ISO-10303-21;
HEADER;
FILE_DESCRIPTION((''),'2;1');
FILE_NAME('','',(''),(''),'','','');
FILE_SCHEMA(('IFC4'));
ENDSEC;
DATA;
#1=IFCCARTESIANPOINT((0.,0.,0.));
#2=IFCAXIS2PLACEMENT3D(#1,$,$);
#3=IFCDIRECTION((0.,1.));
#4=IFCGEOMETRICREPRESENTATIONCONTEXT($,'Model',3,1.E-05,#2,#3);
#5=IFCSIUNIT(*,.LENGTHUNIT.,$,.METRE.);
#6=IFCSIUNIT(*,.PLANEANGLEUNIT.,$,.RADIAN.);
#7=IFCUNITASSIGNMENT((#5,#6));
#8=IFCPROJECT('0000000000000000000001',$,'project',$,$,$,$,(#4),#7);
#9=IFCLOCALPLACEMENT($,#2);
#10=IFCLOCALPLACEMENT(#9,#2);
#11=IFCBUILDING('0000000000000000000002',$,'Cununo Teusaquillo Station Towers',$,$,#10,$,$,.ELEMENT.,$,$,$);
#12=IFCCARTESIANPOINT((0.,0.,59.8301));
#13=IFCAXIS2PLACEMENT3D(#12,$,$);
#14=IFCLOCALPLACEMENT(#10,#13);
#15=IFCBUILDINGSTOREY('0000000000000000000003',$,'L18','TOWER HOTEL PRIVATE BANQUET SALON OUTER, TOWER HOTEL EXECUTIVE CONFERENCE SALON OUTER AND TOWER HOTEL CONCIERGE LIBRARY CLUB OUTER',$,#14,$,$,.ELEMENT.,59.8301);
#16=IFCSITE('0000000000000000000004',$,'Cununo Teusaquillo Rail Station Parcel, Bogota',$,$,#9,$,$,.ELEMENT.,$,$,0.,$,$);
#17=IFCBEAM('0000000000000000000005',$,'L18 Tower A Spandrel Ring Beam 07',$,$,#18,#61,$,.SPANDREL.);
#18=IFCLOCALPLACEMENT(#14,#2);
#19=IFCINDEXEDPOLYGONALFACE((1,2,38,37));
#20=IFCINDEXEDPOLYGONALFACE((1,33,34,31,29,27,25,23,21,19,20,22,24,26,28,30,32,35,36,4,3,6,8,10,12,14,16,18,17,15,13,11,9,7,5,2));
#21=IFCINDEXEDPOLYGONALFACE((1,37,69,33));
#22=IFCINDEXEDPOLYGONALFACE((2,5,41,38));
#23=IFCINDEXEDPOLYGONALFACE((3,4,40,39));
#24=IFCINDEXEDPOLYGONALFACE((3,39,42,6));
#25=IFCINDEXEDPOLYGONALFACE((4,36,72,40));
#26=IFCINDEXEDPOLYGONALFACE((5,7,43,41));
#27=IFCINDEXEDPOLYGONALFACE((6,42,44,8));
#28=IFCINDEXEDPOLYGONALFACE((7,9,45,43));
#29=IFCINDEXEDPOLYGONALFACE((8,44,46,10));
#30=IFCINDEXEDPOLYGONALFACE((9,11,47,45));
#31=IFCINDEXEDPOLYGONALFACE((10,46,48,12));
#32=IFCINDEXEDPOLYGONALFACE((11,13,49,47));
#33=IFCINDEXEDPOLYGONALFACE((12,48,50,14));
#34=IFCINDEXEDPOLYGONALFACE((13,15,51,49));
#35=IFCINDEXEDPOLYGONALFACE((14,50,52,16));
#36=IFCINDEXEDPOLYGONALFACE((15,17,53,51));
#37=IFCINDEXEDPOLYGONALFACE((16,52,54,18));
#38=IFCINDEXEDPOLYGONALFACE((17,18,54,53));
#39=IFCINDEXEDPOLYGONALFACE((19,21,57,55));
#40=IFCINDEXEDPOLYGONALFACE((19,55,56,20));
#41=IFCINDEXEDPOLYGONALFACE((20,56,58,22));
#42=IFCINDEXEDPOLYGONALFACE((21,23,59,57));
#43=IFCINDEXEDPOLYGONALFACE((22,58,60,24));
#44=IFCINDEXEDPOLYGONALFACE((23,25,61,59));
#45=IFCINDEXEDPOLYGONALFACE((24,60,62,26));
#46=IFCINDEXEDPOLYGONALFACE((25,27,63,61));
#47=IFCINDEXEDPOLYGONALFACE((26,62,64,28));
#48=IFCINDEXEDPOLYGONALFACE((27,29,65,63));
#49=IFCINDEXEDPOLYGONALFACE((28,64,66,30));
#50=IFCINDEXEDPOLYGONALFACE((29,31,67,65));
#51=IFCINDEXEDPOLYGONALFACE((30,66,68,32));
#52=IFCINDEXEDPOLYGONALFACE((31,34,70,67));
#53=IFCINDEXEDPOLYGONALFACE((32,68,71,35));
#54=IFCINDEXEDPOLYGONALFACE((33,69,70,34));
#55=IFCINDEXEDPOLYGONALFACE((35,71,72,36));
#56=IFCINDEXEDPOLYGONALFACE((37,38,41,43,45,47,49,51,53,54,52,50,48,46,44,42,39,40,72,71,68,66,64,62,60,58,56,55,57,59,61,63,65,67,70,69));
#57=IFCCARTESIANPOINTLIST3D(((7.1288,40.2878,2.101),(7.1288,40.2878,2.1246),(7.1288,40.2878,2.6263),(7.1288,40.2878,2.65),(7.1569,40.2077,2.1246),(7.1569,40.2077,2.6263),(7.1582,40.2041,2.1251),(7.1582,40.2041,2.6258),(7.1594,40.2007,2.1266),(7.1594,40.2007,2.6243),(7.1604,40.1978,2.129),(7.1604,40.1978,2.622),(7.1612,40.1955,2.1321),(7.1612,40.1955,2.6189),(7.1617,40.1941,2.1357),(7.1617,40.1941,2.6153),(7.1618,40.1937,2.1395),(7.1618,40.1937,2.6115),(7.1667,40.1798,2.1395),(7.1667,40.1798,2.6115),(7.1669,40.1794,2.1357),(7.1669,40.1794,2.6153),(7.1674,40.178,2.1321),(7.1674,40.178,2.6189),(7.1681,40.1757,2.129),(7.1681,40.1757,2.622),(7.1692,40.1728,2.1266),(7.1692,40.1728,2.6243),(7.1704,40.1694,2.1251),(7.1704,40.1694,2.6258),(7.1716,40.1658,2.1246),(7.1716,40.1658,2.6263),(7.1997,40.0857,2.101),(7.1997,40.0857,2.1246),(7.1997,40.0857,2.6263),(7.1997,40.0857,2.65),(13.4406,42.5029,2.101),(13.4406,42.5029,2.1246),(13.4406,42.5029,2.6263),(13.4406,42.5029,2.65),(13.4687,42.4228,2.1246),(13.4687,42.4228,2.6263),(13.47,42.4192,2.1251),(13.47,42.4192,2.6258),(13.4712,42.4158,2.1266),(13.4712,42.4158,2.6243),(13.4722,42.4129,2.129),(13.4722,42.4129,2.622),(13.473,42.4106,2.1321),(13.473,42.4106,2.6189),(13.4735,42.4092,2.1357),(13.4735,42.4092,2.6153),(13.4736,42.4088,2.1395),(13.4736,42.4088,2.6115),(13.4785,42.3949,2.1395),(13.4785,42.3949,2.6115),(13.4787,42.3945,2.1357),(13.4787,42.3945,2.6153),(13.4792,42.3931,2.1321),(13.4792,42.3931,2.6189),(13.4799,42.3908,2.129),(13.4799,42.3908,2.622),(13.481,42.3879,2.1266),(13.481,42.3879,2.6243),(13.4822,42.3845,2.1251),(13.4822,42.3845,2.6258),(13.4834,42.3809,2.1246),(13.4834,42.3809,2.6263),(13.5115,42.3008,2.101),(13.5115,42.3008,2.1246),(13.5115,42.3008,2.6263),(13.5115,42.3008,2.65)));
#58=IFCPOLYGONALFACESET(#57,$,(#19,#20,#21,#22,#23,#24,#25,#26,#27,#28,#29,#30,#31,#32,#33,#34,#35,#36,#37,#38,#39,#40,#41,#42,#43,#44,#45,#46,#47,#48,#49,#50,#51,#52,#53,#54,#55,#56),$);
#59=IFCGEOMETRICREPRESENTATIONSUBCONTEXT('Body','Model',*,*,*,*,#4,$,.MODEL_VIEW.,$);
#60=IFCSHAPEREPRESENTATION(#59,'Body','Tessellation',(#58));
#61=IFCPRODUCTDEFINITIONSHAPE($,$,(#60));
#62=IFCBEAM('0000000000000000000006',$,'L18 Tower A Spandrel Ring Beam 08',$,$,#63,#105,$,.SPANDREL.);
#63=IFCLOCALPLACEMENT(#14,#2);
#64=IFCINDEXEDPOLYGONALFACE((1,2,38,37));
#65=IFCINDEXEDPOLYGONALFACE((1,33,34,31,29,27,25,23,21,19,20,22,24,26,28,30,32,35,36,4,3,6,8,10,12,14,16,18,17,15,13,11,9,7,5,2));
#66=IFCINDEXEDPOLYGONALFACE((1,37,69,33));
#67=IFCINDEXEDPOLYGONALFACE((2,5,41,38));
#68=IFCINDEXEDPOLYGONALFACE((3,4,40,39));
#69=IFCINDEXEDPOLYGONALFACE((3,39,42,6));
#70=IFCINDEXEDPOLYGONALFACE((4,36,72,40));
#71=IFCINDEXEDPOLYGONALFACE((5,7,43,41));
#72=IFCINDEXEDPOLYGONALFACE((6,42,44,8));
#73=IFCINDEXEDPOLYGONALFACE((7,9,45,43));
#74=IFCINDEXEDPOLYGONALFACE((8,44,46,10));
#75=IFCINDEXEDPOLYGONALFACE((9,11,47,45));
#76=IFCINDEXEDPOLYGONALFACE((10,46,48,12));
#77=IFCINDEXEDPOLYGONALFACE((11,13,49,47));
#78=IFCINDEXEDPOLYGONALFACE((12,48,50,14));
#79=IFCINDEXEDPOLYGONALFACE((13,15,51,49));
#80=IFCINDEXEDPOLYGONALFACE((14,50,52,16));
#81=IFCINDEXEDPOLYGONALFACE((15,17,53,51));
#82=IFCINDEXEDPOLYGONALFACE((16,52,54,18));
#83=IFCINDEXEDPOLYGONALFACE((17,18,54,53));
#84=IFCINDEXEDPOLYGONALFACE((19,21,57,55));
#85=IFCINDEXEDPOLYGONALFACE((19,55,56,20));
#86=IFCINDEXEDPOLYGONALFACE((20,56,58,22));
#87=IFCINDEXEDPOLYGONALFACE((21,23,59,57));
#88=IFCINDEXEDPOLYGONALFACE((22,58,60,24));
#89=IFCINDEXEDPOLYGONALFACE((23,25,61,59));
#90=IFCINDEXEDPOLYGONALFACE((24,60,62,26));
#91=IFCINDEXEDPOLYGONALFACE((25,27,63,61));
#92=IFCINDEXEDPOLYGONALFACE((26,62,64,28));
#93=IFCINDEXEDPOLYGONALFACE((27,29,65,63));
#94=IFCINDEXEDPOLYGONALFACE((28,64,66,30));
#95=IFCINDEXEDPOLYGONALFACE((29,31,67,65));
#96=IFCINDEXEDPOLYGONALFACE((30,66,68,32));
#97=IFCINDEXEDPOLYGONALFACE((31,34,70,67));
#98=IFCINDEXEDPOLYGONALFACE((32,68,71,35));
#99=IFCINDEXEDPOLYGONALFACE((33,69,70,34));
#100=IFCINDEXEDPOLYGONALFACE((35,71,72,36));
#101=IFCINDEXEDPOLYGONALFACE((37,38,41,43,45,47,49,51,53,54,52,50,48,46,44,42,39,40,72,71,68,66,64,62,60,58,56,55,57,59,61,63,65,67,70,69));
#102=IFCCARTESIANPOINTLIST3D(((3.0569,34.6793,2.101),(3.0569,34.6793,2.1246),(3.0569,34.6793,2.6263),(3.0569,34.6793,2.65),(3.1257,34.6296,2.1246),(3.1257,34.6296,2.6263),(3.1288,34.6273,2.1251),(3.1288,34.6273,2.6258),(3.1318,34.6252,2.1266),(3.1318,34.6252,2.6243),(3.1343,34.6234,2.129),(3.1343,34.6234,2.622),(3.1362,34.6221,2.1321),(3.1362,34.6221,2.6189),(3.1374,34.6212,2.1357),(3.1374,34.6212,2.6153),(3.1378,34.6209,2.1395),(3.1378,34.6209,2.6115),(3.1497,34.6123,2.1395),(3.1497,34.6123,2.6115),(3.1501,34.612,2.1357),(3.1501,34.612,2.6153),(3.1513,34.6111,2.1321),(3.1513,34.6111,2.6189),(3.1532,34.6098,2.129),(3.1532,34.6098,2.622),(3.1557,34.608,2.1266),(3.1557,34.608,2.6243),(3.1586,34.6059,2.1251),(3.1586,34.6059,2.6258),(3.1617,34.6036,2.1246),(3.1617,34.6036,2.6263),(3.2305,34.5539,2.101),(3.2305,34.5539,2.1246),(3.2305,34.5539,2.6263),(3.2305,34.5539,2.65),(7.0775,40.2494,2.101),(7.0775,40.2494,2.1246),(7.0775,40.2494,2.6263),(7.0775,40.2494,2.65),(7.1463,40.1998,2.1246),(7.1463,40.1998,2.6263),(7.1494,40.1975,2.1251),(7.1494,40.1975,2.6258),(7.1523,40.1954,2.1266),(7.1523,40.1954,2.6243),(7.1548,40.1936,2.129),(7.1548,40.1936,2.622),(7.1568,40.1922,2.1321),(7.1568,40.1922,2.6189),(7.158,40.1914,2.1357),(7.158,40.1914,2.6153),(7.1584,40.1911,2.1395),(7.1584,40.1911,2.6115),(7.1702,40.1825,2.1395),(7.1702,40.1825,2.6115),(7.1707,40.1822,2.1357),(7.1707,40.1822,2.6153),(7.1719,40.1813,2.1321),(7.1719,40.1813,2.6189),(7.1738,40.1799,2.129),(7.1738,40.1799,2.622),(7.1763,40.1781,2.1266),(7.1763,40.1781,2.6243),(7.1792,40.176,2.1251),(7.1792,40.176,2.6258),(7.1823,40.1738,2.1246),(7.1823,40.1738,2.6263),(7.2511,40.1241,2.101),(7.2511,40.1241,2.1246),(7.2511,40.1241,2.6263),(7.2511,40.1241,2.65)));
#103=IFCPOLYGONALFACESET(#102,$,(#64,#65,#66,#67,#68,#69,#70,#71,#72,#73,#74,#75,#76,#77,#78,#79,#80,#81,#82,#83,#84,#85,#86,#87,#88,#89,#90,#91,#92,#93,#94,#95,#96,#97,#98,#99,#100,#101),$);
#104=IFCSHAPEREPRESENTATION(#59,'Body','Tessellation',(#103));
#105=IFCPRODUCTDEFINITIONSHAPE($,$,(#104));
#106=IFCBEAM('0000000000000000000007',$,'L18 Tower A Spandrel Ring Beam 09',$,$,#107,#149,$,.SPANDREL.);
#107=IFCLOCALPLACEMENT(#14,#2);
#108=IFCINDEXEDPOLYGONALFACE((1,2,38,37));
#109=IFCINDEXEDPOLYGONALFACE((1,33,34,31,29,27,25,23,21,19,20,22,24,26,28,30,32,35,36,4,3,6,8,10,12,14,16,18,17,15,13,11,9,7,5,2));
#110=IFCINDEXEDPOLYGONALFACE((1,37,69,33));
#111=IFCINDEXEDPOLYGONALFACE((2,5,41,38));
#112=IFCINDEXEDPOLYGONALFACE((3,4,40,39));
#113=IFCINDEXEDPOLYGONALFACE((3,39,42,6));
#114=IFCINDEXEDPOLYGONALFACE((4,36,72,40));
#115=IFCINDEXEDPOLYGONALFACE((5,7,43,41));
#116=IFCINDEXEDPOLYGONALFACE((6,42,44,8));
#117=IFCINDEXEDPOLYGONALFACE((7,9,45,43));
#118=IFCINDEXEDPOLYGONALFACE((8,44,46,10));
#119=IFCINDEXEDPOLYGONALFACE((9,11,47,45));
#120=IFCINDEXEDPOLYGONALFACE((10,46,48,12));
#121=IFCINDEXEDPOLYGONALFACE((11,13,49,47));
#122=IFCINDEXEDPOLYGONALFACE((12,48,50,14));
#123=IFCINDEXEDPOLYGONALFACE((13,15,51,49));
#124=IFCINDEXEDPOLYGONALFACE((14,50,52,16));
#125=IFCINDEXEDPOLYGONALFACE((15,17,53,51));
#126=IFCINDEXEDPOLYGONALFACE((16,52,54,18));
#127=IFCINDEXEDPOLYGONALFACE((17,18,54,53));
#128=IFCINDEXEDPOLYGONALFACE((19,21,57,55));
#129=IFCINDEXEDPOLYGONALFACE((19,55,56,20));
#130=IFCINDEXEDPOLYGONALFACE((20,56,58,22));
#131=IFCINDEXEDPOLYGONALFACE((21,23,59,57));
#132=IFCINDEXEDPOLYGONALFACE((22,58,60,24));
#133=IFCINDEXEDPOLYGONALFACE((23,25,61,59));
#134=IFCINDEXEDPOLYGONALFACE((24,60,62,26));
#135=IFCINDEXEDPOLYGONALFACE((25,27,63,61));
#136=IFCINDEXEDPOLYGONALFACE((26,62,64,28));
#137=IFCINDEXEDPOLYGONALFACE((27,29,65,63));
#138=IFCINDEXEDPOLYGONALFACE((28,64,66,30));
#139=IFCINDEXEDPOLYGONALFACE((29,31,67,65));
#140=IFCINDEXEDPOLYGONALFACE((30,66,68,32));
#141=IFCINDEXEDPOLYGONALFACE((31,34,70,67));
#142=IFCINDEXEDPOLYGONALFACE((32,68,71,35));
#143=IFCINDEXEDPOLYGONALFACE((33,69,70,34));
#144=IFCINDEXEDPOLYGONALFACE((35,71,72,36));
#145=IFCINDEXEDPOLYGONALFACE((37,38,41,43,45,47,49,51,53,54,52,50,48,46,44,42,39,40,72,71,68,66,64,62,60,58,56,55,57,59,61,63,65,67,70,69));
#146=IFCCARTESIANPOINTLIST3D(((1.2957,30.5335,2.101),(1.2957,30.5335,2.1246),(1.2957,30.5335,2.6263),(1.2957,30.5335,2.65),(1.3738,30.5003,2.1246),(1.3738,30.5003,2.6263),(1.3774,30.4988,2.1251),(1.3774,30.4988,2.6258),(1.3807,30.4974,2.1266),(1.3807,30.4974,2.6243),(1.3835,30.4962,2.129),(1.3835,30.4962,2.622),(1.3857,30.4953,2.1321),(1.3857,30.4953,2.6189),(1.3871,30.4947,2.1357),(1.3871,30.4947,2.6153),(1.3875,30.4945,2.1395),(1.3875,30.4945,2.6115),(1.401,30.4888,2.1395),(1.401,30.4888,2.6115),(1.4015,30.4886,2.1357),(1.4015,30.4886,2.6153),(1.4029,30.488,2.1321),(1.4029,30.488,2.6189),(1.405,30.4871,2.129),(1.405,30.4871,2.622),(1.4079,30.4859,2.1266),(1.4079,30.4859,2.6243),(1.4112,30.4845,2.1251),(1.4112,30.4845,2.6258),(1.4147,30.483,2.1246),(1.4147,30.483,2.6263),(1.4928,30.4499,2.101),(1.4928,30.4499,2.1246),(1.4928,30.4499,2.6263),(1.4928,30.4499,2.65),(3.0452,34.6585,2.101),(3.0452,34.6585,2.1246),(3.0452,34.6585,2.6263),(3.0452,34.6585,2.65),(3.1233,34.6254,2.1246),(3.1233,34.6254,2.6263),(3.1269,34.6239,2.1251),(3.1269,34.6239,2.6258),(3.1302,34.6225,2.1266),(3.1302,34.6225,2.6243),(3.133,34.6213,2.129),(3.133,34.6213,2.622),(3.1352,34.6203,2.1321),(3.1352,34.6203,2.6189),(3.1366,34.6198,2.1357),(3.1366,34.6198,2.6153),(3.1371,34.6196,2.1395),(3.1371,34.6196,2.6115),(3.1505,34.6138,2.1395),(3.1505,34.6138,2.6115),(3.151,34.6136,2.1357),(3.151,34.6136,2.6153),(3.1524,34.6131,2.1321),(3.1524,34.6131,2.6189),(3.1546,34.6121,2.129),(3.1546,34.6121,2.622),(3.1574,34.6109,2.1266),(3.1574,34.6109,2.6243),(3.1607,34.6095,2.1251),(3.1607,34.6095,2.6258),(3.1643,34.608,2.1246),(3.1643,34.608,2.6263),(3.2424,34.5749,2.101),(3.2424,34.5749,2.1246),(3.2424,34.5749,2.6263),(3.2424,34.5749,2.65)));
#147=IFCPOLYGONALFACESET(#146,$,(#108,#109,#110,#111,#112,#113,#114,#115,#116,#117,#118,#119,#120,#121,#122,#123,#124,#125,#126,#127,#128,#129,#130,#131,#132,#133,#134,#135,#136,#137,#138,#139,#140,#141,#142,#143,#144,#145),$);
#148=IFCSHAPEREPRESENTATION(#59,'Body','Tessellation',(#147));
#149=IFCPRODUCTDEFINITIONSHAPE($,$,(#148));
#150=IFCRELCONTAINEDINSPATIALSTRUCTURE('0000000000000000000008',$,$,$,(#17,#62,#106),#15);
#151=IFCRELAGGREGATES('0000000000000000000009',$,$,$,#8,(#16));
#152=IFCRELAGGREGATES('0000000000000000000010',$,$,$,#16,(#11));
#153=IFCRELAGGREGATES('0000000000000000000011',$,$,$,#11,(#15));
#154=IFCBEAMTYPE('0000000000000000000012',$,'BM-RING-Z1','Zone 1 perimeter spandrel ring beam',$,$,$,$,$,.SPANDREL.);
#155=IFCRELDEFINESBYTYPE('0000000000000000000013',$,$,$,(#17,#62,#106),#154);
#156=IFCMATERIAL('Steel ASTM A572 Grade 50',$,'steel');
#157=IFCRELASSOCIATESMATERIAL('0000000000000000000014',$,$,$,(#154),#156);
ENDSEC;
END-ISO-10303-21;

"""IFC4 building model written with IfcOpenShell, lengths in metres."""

from ifc_helpers import new_model, si_unit, direction, frame, origin, origin_2d, place, context, subcontext, project, spatial, i_section, extrude, material, material_profile, profile_set, type_object, element, save


model = new_model("IFC4")

# Units and contexts
model_context = context("Model", 3, precision=1e-05, world=origin(), true_north=direction((0.0, 1.0)))
body_context = subcontext(model_context, "Body", "Model", "MODEL_VIEW")
ifc_project = project(units=[si_unit("LENGTHUNIT", "METRE"), si_unit("PLANEANGLEUNIT", "RADIAN")], contexts=[model_context])

# Site, building, storey
site_placement = place(None, origin())
site = spatial("IfcSite", under=ifc_project, at=site_placement, Name="Cununo Teusaquillo Rail Station Parcel, Bogota", CompositionType="ELEMENT", RefElevation=0.0)
building_placement = place(site_placement, origin())
building = spatial("IfcBuilding", under=site, at=building_placement, Name="Cununo Teusaquillo Station Towers", CompositionType="ELEMENT")
storey_placement = place(building_placement, frame((0.0, 0.0, 59.8301)))
storey = spatial("IfcBuildingStorey", under=building, at=storey_placement, Name="L18", Description="TOWER HOTEL PRIVATE BANQUET SALON OUTER, TOWER HOTEL EXECUTIVE CONFERENCE SALON OUTER AND TOWER HOTEL CONCIERGE LIBRARY CLUB OUTER", CompositionType="ELEMENT", Elevation=59.8301)

# Beams
ifc_material_1 = material(Name="Steel ASTM A572 Grade 50", Category="steel")
ifc_material_profile_1 = material_profile(ifc_material_1, i_section(OverallWidth=0.2141, OverallDepth=0.5491, WebThickness=0.0146, FlangeThickness=0.0237, FilletRadius=0.0149, at=origin_2d()), Name="W21X93")
ifc_profile_set_1 = profile_set([ifc_material_profile_1], Name="Steel ASTM A572 Grade 50")
beam_type_1 = type_object("IfcBeamType", Name="BM-RING-Z1", Description="Zone 1 perimeter spandrel ring beam", PredefinedType="SPANDREL", material=ifc_profile_set_1)
beam_1_placement = place(storey_placement, frame((13.4761, 42.4019, 2.3755), z_axis=(-0.94358, -0.331145, 0.0), x_axis=(0.331145, -0.94358, 0.0)))
element("IfcBeam", 1, at=beam_1_placement, inside=storey, type_object=beam_type_1, Name="L18 Tower A Spandrel Ring Beam 07", PredefinedType="SPANDREL", context=body_context, shape_type="SweptSolid", body=[
    extrude(i_section(OverallWidth=0.2141, OverallDepth=0.5491, WebThickness=0.0146, FlangeThickness=0.0237, FilletRadius=0.0149, at=origin_2d()), origin(), (0.0, 0.0, 1.0), 6.6892),
])
beam_2_placement = place(storey_placement, frame((7.1643, 40.1868, 2.3755), z_axis=(-0.585269, -0.810839, 0.0), x_axis=(0.810839, -0.585269, 0.0)))
element("IfcBeam", 2, at=beam_2_placement, inside=storey, type_object=beam_type_1, Name="L18 Tower A Spandrel Ring Beam 08", PredefinedType="SPANDREL", context=body_context, shape_type="SweptSolid", body=[
    extrude(i_section(OverallWidth=0.2141, OverallDepth=0.5491, WebThickness=0.0146, FlangeThickness=0.0237, FilletRadius=0.0149, at=origin_2d()), origin(), (0.0, 0.0, 1.0), 6.8696),
])
beam_3_placement = place(storey_placement, frame((3.1438, 34.6167, 2.3755), z_axis=(-0.390457, -0.920621, 0.0), x_axis=(0.920621, -0.390457, 0.0)))
element("IfcBeam", 3, at=beam_3_placement, inside=storey, type_object=beam_type_1, Name="L18 Tower A Spandrel Ring Beam 09", PredefinedType="SPANDREL", context=body_context, shape_type="SweptSolid", body=[
    extrude(i_section(OverallWidth=0.2141, OverallDepth=0.5491, WebThickness=0.0146, FlangeThickness=0.0237, FilletRadius=0.0149, at=origin_2d()), origin(), (0.0, 0.0, 1.0), 4.4807),
])

save(model, "model.ifc")
